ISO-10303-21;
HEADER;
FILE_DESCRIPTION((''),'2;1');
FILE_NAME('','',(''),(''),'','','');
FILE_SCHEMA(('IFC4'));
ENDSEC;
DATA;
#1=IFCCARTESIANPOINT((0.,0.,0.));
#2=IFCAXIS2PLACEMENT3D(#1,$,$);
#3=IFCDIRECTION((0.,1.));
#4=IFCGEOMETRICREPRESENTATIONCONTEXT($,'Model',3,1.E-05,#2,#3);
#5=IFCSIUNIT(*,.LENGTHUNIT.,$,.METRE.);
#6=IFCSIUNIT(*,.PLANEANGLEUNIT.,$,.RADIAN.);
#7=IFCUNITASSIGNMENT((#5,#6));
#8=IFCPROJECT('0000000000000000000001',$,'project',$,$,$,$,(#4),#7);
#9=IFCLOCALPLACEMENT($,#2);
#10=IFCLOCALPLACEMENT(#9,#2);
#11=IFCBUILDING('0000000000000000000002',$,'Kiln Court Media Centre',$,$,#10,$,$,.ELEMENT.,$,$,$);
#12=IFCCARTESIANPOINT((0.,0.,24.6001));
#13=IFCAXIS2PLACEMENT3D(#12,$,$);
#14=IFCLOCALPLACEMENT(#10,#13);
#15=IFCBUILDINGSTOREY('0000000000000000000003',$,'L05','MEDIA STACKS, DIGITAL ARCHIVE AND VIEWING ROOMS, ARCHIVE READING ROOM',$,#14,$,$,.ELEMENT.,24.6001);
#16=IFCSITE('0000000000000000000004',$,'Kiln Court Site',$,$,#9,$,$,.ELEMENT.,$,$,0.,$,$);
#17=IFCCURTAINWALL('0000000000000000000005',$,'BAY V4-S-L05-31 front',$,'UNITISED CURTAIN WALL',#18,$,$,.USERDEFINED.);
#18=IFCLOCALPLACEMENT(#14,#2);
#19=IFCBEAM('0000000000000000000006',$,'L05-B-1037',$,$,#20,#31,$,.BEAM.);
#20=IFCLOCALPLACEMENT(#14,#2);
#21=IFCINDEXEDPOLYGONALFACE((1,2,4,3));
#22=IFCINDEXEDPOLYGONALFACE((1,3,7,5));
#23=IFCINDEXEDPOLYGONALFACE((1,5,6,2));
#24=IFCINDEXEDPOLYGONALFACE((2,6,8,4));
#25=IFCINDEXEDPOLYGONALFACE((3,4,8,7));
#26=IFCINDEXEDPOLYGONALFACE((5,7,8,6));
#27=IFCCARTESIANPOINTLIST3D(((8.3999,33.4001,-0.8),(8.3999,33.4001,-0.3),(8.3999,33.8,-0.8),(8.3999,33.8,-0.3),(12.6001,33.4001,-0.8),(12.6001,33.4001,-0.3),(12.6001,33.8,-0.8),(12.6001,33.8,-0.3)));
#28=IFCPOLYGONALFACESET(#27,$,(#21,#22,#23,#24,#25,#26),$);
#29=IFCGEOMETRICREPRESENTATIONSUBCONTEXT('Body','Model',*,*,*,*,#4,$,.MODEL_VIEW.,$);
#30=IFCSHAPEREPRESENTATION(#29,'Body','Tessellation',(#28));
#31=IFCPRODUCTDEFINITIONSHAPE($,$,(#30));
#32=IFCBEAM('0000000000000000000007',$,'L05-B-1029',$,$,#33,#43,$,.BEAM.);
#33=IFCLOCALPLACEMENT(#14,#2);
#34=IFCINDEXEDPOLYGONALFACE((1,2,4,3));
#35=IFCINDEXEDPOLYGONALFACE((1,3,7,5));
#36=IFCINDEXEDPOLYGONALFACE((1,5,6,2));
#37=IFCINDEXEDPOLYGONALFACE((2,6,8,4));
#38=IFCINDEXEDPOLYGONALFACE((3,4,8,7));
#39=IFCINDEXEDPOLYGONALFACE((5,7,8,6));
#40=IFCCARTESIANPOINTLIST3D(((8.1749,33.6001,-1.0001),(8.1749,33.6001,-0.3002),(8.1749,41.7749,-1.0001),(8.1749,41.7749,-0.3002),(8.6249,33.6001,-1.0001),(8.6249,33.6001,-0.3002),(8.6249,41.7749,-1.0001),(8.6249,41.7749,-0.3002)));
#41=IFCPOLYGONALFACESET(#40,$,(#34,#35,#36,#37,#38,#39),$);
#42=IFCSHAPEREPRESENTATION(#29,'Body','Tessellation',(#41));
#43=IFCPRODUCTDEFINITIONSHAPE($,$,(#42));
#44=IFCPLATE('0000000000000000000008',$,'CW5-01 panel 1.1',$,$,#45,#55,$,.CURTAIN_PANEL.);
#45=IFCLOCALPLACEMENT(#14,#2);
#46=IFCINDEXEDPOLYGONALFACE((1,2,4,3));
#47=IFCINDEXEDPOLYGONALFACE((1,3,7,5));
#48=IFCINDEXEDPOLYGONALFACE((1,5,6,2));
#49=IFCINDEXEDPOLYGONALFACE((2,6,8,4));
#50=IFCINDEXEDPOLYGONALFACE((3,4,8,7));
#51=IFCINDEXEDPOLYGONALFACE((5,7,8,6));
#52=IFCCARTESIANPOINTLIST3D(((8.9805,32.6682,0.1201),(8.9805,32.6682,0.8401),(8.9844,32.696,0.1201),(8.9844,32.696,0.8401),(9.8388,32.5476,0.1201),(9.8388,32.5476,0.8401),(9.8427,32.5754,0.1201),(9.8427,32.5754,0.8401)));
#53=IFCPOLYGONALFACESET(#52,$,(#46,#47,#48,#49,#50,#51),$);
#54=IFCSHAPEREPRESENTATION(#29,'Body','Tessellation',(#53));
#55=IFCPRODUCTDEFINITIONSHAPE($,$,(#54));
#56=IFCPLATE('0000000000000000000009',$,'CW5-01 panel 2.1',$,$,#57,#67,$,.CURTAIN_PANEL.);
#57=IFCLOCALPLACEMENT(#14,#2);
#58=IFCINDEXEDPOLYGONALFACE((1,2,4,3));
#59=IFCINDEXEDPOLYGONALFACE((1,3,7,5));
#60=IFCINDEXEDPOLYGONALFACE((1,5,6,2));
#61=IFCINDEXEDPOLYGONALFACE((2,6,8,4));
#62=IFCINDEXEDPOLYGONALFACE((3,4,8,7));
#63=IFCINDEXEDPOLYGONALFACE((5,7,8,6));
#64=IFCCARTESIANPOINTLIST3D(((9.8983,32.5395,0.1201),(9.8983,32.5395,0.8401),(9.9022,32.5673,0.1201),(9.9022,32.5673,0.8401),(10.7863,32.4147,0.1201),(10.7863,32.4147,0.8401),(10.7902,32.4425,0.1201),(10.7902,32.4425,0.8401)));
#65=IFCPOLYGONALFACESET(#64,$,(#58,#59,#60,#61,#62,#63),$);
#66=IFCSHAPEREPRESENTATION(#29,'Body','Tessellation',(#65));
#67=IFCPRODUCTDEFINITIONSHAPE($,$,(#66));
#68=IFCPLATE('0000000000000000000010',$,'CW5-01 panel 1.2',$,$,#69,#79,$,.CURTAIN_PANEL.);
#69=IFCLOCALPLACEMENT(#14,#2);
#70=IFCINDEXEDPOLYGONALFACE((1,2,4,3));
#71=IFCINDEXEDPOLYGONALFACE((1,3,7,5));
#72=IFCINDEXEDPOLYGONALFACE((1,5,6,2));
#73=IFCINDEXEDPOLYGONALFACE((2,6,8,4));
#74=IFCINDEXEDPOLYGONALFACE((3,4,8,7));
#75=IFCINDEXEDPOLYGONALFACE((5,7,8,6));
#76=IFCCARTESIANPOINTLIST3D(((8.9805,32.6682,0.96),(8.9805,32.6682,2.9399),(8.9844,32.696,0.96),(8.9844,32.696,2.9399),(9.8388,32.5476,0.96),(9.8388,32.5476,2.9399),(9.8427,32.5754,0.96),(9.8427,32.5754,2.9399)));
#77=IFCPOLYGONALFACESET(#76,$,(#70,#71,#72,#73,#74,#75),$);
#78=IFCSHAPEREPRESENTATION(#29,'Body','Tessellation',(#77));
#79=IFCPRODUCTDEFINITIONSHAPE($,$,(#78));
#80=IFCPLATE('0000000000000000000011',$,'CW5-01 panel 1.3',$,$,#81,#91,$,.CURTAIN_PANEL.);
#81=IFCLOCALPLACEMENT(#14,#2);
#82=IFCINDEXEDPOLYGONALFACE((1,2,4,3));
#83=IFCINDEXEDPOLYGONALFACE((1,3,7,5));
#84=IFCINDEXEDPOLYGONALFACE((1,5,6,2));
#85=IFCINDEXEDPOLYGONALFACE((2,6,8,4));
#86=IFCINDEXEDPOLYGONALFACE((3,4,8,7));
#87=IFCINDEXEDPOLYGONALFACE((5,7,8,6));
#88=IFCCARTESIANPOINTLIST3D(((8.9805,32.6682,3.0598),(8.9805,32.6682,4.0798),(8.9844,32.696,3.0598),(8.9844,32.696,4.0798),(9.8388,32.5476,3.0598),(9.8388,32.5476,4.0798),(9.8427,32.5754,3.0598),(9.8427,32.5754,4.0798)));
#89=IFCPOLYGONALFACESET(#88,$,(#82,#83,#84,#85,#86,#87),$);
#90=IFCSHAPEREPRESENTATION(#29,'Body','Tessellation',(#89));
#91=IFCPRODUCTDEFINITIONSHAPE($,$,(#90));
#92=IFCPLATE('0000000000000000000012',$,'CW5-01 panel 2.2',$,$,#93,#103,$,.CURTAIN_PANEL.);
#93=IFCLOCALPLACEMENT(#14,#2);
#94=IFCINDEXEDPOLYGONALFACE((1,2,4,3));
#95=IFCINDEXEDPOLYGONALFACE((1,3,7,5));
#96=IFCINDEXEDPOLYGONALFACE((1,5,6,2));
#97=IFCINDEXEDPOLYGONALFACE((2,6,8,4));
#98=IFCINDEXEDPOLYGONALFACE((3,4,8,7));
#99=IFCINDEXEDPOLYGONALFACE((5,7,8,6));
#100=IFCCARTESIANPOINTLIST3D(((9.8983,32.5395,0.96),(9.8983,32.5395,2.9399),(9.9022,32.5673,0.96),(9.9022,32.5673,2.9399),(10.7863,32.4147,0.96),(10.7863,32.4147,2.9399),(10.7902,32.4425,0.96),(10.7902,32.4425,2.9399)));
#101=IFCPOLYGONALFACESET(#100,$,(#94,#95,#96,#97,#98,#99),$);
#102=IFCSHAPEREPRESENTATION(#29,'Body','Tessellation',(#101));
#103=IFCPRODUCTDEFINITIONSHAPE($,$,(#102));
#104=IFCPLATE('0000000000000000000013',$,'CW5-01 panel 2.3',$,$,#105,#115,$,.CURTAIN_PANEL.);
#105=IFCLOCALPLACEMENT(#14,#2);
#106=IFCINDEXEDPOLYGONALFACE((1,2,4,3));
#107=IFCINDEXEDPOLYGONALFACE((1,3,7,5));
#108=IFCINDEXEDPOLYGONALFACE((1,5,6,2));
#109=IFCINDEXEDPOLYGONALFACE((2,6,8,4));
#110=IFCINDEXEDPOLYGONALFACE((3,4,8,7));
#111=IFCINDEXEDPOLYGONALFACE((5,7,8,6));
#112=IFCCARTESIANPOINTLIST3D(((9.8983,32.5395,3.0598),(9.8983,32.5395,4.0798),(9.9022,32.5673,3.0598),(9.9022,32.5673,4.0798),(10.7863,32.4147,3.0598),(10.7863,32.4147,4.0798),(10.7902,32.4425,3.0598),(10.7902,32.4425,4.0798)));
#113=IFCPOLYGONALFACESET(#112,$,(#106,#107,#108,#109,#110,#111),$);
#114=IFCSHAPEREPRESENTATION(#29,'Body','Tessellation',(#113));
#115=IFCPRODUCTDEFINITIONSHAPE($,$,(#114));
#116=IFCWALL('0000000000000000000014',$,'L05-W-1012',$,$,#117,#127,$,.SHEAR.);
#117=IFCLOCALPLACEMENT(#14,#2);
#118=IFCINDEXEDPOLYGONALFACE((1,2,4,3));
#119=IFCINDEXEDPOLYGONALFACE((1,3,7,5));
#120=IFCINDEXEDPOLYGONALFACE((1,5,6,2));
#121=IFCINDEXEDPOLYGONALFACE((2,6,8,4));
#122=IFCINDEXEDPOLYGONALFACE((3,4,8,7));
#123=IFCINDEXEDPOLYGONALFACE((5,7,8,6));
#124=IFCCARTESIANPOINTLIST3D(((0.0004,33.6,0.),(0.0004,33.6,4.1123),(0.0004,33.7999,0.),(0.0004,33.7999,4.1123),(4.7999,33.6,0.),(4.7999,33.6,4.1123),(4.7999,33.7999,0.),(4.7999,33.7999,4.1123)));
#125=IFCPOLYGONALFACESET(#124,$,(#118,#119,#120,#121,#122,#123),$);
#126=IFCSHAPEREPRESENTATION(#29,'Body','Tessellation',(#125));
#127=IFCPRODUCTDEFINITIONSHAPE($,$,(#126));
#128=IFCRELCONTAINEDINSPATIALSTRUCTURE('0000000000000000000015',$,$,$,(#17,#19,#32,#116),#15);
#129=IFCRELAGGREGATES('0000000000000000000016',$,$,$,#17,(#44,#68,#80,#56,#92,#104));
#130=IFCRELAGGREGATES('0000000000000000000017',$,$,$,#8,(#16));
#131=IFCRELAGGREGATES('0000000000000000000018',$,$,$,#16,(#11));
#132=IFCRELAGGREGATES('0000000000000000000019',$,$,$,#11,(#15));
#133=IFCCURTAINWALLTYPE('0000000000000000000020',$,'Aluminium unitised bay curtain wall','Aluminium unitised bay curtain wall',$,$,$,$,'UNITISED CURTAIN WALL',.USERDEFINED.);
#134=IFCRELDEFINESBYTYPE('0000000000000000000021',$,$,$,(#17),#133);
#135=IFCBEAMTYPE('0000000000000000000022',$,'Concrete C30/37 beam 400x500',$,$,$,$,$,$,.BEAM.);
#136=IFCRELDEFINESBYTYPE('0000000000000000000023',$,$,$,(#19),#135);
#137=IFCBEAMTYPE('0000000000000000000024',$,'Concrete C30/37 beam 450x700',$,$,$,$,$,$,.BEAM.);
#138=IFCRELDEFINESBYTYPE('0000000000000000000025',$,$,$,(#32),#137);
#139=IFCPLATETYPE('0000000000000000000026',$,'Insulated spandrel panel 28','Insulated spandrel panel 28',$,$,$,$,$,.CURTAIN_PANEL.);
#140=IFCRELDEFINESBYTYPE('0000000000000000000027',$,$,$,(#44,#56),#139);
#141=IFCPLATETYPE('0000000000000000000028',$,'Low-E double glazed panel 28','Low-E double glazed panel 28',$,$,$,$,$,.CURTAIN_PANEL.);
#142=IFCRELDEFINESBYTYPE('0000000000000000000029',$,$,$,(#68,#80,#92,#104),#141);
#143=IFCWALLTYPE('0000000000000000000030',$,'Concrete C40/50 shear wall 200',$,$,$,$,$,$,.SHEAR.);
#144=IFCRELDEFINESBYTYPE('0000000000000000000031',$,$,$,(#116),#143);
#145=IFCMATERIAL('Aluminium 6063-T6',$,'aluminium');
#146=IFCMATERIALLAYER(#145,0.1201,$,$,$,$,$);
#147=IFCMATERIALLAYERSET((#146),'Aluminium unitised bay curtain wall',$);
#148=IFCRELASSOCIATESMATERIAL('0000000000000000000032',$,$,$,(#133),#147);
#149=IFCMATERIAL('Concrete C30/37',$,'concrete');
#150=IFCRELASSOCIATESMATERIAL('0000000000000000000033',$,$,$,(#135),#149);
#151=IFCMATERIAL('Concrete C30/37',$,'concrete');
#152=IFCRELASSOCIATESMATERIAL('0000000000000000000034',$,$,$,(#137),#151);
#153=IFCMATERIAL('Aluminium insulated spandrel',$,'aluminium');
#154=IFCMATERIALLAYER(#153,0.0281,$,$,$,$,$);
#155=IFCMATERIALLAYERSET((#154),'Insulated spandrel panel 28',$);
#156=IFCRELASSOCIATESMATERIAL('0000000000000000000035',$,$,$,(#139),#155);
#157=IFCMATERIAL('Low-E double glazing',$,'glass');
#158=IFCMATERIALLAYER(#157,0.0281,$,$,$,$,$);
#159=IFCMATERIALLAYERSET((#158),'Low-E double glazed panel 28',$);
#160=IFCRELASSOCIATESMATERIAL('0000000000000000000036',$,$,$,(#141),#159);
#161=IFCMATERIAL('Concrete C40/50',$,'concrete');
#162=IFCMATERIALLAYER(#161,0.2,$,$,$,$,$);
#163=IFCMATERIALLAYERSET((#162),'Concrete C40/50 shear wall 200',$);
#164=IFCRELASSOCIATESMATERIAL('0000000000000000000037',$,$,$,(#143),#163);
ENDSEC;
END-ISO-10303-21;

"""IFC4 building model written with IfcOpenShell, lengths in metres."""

from ifc_helpers import new_model, si_unit, direction, frame, frame_2d, origin, origin_2d, place, context, subcontext, project, spatial, rectangle, extrude, material, layer, layer_set, material_profile, profile_set, type_object, element, aggregate, save


model = new_model("IFC4")

# Units and contexts
model_context = context("Model", 3, precision=1e-05, world=origin(), true_north=direction((0.0, 1.0)))
body_context = subcontext(model_context, "Body", "Model", "MODEL_VIEW")
ifc_project = project(units=[si_unit("LENGTHUNIT", "METRE"), si_unit("PLANEANGLEUNIT", "RADIAN")], contexts=[model_context])

# Site, building, storey
site_placement = place(None, origin())
site = spatial("IfcSite", under=ifc_project, at=site_placement, Name="Kiln Court Site", CompositionType="ELEMENT", RefElevation=0.0)
building_placement = place(site_placement, origin())
building = spatial("IfcBuilding", under=site, at=building_placement, Name="Kiln Court Media Centre", CompositionType="ELEMENT")
storey_placement = place(building_placement, frame((0.0, 0.0, 24.6001)))
storey = spatial("IfcBuildingStorey", under=building, at=storey_placement, Name="L05", Description="MEDIA STACKS, DIGITAL ARCHIVE AND VIEWING ROOMS, ARCHIVE READING ROOM", CompositionType="ELEMENT", Elevation=24.6001)

# Curtain wall
ifc_material_1 = material(Name="Aluminium 6063-T6", Category="aluminium")
ifc_layer_1 = layer(ifc_material_1, 0.1201)
ifc_layer_set_1 = layer_set([ifc_layer_1], Name="Aluminium unitised bay curtain wall")
curtain_wall_type = type_object("IfcCurtainWallType", Name="Aluminium unitised bay curtain wall", Description="Aluminium unitised bay curtain wall", ElementType="UNITISED CURTAIN WALL", PredefinedType="USERDEFINED", material=ifc_layer_set_1)
curtain_wall_placement = place(storey_placement, origin())
curtain_wall = element("IfcCurtainWall", 1, at=curtain_wall_placement, inside=storey, type_object=curtain_wall_type, Name="BAY V4-S-L05-31 front", ObjectType="UNITISED CURTAIN WALL", PredefinedType="USERDEFINED")

# Beams
ifc_material_2 = material(Name="Concrete C30/37", Category="concrete")
ifc_material_profile_1 = material_profile(ifc_material_2, rectangle(XDim=0.3999, YDim=0.5, at=origin_2d()), Name="RC 400x500")
ifc_profile_set_1 = profile_set([ifc_material_profile_1], Name="Concrete C30/37")
beam_type_1 = type_object("IfcBeamType", Name="Concrete C30/37 beam 400x500", PredefinedType="BEAM", material=ifc_profile_set_1)
beam_1_placement = place(storey_placement, frame((8.3999, 33.6001, -0.55), z_axis=(1.0, 0.0, 0.0), x_axis=(0.0, 1.0, 0.0)))
element("IfcBeam", 2, at=beam_1_placement, inside=storey, type_object=beam_type_1, Name="L05-B-1037", PredefinedType="BEAM", context=body_context, shape_type="SweptSolid", body=[
    extrude(rectangle(XDim=0.3999, YDim=0.5, at=origin_2d()), origin(), (0.0, 0.0, 1.0), 4.2002),
])
ifc_material_3 = material(Name="Concrete C30/37", Category="concrete")
ifc_material_profile_2 = material_profile(ifc_material_3, rectangle(XDim=0.45, YDim=0.7, at=origin_2d()), Name="RC 450x700")
ifc_profile_set_2 = profile_set([ifc_material_profile_2], Name="Concrete C30/37")
beam_type_2 = type_object("IfcBeamType", Name="Concrete C30/37 beam 450x700", PredefinedType="BEAM", material=ifc_profile_set_2)
beam_2_placement = place(storey_placement, frame((8.3999, 33.6001, -0.6501), z_axis=(0.0, 1.0, 0.0), x_axis=(-1.0, 0.0, 0.0)))
element("IfcBeam", 3, at=beam_2_placement, inside=storey, type_object=beam_type_2, Name="L05-B-1029", PredefinedType="BEAM", context=body_context, shape_type="SweptSolid", body=[
    extrude(rectangle(XDim=0.45, YDim=0.7, at=origin_2d()), origin(), (0.0, 0.0, 1.0), 8.1748),
])

# Plates
ifc_material_4 = material(Name="Aluminium insulated spandrel", Category="aluminium")
ifc_layer_2 = layer(ifc_material_4, 0.0281)
ifc_layer_set_2 = layer_set([ifc_layer_2], Name="Insulated spandrel panel 28")
plate_type_1 = type_object("IfcPlateType", Name="Insulated spandrel panel 28", Description="Insulated spandrel panel 28", PredefinedType="CURTAIN_PANEL", material=ifc_layer_set_2)
plate_1_placement = place(storey_placement, frame((9.4116, 32.6218, 0.1201), z_axis=(0.0, 0.0, 1.0), x_axis=(0.99027, -0.139162, 0.0)))
plate_1 = element("IfcPlate", 4, at=plate_1_placement, type_object=plate_type_1, Name="CW5-01 panel 1.1", PredefinedType="CURTAIN_PANEL", context=body_context, shape_type="SweptSolid", body=[
    extrude(rectangle(XDim=0.8667, YDim=0.0281, at=origin_2d()), origin(), (0.0, 0.0, 1.0), 0.72),
])
plate_2_placement = place(storey_placement, frame((10.3442, 32.491, 0.1201), z_axis=(0.0, 0.0, 1.0), x_axis=(0.99027, -0.139162, 0.0)))
plate_2 = element("IfcPlate", 5, at=plate_2_placement, type_object=plate_type_1, Name="CW5-01 panel 2.1", PredefinedType="CURTAIN_PANEL", context=body_context, shape_type="SweptSolid", body=[
    extrude(rectangle(XDim=0.8967, YDim=0.0281, at=origin_2d()), origin(), (0.0, 0.0, 1.0), 0.72),
])
ifc_material_5 = material(Name="Low-E double glazing", Category="glass")
ifc_layer_3 = layer(ifc_material_5, 0.0281)
ifc_layer_set_3 = layer_set([ifc_layer_3], Name="Low-E double glazed panel 28")
plate_type_2 = type_object("IfcPlateType", Name="Low-E double glazed panel 28", Description="Low-E double glazed panel 28", PredefinedType="CURTAIN_PANEL", material=ifc_layer_set_3)
plate_3_placement = place(storey_placement, frame((9.4116, 32.6218, 0.96), z_axis=(0.0, 0.0, 1.0), x_axis=(0.99027, -0.139162, 0.0)))
plate_3 = element("IfcPlate", 6, at=plate_3_placement, type_object=plate_type_2, Name="CW5-01 panel 1.2", PredefinedType="CURTAIN_PANEL", context=body_context, shape_type="SweptSolid", body=[
    extrude(rectangle(XDim=0.8667, YDim=0.0281, at=origin_2d()), origin(), (0.0, 0.0, 1.0), 1.98),
])
plate_4_placement = place(storey_placement, frame((9.4116, 32.6218, 3.0598), z_axis=(0.0, 0.0, 1.0), x_axis=(0.99027, -0.139162, 0.0)))
plate_4 = element("IfcPlate", 7, at=plate_4_placement, type_object=plate_type_2, Name="CW5-01 panel 1.3", PredefinedType="CURTAIN_PANEL", context=body_context, shape_type="SweptSolid", body=[
    extrude(rectangle(XDim=0.8667, YDim=0.0281, at=origin_2d()), origin(), (0.0, 0.0, 1.0), 1.02),
])
plate_5_placement = place(storey_placement, frame((10.3442, 32.491, 0.96), z_axis=(0.0, 0.0, 1.0), x_axis=(0.99027, -0.139162, 0.0)))
plate_5 = element("IfcPlate", 8, at=plate_5_placement, type_object=plate_type_2, Name="CW5-01 panel 2.2", PredefinedType="CURTAIN_PANEL", context=body_context, shape_type="SweptSolid", body=[
    extrude(rectangle(XDim=0.8967, YDim=0.0281, at=origin_2d()), origin(), (0.0, 0.0, 1.0), 1.98),
])
plate_6_placement = place(storey_placement, frame((10.3442, 32.491, 3.0598), z_axis=(0.0, 0.0, 1.0), x_axis=(0.99027, -0.139162, 0.0)))
plate_6 = element("IfcPlate", 9, at=plate_6_placement, type_object=plate_type_2, Name="CW5-01 panel 2.3", PredefinedType="CURTAIN_PANEL", context=body_context, shape_type="SweptSolid", body=[
    extrude(rectangle(XDim=0.8967, YDim=0.0281, at=origin_2d()), origin(), (0.0, 0.0, 1.0), 1.02),
])
aggregate(curtain_wall, [plate_1, plate_3, plate_4, plate_2, plate_5, plate_6])

# Wall
ifc_material_6 = material(Name="Concrete C40/50", Category="concrete")
ifc_layer_4 = layer(ifc_material_6, 0.2)
ifc_layer_set_4 = layer_set([ifc_layer_4], Name="Concrete C40/50 shear wall 200")
wall_type = type_object("IfcWallType", Name="Concrete C40/50 shear wall 200", PredefinedType="SHEAR", material=ifc_layer_set_4)
wall_placement = place(storey_placement, frame((4.8, 33.7, 0.0), z_axis=(0.0, 0.0, 1.0), x_axis=(-1.0, 0.0, 0.0)))
element("IfcWall", 10, at=wall_placement, inside=storey, type_object=wall_type, Name="L05-W-1012", PredefinedType="SHEAR", context=body_context, shape_type="SweptSolid", body=[
    extrude(rectangle(XDim=4.7996, YDim=0.2, at=frame_2d((2.3999, 0.0))), origin(), (0.0, 0.0, 1.0), 4.1123),
])

save(model, "model.ifc")
